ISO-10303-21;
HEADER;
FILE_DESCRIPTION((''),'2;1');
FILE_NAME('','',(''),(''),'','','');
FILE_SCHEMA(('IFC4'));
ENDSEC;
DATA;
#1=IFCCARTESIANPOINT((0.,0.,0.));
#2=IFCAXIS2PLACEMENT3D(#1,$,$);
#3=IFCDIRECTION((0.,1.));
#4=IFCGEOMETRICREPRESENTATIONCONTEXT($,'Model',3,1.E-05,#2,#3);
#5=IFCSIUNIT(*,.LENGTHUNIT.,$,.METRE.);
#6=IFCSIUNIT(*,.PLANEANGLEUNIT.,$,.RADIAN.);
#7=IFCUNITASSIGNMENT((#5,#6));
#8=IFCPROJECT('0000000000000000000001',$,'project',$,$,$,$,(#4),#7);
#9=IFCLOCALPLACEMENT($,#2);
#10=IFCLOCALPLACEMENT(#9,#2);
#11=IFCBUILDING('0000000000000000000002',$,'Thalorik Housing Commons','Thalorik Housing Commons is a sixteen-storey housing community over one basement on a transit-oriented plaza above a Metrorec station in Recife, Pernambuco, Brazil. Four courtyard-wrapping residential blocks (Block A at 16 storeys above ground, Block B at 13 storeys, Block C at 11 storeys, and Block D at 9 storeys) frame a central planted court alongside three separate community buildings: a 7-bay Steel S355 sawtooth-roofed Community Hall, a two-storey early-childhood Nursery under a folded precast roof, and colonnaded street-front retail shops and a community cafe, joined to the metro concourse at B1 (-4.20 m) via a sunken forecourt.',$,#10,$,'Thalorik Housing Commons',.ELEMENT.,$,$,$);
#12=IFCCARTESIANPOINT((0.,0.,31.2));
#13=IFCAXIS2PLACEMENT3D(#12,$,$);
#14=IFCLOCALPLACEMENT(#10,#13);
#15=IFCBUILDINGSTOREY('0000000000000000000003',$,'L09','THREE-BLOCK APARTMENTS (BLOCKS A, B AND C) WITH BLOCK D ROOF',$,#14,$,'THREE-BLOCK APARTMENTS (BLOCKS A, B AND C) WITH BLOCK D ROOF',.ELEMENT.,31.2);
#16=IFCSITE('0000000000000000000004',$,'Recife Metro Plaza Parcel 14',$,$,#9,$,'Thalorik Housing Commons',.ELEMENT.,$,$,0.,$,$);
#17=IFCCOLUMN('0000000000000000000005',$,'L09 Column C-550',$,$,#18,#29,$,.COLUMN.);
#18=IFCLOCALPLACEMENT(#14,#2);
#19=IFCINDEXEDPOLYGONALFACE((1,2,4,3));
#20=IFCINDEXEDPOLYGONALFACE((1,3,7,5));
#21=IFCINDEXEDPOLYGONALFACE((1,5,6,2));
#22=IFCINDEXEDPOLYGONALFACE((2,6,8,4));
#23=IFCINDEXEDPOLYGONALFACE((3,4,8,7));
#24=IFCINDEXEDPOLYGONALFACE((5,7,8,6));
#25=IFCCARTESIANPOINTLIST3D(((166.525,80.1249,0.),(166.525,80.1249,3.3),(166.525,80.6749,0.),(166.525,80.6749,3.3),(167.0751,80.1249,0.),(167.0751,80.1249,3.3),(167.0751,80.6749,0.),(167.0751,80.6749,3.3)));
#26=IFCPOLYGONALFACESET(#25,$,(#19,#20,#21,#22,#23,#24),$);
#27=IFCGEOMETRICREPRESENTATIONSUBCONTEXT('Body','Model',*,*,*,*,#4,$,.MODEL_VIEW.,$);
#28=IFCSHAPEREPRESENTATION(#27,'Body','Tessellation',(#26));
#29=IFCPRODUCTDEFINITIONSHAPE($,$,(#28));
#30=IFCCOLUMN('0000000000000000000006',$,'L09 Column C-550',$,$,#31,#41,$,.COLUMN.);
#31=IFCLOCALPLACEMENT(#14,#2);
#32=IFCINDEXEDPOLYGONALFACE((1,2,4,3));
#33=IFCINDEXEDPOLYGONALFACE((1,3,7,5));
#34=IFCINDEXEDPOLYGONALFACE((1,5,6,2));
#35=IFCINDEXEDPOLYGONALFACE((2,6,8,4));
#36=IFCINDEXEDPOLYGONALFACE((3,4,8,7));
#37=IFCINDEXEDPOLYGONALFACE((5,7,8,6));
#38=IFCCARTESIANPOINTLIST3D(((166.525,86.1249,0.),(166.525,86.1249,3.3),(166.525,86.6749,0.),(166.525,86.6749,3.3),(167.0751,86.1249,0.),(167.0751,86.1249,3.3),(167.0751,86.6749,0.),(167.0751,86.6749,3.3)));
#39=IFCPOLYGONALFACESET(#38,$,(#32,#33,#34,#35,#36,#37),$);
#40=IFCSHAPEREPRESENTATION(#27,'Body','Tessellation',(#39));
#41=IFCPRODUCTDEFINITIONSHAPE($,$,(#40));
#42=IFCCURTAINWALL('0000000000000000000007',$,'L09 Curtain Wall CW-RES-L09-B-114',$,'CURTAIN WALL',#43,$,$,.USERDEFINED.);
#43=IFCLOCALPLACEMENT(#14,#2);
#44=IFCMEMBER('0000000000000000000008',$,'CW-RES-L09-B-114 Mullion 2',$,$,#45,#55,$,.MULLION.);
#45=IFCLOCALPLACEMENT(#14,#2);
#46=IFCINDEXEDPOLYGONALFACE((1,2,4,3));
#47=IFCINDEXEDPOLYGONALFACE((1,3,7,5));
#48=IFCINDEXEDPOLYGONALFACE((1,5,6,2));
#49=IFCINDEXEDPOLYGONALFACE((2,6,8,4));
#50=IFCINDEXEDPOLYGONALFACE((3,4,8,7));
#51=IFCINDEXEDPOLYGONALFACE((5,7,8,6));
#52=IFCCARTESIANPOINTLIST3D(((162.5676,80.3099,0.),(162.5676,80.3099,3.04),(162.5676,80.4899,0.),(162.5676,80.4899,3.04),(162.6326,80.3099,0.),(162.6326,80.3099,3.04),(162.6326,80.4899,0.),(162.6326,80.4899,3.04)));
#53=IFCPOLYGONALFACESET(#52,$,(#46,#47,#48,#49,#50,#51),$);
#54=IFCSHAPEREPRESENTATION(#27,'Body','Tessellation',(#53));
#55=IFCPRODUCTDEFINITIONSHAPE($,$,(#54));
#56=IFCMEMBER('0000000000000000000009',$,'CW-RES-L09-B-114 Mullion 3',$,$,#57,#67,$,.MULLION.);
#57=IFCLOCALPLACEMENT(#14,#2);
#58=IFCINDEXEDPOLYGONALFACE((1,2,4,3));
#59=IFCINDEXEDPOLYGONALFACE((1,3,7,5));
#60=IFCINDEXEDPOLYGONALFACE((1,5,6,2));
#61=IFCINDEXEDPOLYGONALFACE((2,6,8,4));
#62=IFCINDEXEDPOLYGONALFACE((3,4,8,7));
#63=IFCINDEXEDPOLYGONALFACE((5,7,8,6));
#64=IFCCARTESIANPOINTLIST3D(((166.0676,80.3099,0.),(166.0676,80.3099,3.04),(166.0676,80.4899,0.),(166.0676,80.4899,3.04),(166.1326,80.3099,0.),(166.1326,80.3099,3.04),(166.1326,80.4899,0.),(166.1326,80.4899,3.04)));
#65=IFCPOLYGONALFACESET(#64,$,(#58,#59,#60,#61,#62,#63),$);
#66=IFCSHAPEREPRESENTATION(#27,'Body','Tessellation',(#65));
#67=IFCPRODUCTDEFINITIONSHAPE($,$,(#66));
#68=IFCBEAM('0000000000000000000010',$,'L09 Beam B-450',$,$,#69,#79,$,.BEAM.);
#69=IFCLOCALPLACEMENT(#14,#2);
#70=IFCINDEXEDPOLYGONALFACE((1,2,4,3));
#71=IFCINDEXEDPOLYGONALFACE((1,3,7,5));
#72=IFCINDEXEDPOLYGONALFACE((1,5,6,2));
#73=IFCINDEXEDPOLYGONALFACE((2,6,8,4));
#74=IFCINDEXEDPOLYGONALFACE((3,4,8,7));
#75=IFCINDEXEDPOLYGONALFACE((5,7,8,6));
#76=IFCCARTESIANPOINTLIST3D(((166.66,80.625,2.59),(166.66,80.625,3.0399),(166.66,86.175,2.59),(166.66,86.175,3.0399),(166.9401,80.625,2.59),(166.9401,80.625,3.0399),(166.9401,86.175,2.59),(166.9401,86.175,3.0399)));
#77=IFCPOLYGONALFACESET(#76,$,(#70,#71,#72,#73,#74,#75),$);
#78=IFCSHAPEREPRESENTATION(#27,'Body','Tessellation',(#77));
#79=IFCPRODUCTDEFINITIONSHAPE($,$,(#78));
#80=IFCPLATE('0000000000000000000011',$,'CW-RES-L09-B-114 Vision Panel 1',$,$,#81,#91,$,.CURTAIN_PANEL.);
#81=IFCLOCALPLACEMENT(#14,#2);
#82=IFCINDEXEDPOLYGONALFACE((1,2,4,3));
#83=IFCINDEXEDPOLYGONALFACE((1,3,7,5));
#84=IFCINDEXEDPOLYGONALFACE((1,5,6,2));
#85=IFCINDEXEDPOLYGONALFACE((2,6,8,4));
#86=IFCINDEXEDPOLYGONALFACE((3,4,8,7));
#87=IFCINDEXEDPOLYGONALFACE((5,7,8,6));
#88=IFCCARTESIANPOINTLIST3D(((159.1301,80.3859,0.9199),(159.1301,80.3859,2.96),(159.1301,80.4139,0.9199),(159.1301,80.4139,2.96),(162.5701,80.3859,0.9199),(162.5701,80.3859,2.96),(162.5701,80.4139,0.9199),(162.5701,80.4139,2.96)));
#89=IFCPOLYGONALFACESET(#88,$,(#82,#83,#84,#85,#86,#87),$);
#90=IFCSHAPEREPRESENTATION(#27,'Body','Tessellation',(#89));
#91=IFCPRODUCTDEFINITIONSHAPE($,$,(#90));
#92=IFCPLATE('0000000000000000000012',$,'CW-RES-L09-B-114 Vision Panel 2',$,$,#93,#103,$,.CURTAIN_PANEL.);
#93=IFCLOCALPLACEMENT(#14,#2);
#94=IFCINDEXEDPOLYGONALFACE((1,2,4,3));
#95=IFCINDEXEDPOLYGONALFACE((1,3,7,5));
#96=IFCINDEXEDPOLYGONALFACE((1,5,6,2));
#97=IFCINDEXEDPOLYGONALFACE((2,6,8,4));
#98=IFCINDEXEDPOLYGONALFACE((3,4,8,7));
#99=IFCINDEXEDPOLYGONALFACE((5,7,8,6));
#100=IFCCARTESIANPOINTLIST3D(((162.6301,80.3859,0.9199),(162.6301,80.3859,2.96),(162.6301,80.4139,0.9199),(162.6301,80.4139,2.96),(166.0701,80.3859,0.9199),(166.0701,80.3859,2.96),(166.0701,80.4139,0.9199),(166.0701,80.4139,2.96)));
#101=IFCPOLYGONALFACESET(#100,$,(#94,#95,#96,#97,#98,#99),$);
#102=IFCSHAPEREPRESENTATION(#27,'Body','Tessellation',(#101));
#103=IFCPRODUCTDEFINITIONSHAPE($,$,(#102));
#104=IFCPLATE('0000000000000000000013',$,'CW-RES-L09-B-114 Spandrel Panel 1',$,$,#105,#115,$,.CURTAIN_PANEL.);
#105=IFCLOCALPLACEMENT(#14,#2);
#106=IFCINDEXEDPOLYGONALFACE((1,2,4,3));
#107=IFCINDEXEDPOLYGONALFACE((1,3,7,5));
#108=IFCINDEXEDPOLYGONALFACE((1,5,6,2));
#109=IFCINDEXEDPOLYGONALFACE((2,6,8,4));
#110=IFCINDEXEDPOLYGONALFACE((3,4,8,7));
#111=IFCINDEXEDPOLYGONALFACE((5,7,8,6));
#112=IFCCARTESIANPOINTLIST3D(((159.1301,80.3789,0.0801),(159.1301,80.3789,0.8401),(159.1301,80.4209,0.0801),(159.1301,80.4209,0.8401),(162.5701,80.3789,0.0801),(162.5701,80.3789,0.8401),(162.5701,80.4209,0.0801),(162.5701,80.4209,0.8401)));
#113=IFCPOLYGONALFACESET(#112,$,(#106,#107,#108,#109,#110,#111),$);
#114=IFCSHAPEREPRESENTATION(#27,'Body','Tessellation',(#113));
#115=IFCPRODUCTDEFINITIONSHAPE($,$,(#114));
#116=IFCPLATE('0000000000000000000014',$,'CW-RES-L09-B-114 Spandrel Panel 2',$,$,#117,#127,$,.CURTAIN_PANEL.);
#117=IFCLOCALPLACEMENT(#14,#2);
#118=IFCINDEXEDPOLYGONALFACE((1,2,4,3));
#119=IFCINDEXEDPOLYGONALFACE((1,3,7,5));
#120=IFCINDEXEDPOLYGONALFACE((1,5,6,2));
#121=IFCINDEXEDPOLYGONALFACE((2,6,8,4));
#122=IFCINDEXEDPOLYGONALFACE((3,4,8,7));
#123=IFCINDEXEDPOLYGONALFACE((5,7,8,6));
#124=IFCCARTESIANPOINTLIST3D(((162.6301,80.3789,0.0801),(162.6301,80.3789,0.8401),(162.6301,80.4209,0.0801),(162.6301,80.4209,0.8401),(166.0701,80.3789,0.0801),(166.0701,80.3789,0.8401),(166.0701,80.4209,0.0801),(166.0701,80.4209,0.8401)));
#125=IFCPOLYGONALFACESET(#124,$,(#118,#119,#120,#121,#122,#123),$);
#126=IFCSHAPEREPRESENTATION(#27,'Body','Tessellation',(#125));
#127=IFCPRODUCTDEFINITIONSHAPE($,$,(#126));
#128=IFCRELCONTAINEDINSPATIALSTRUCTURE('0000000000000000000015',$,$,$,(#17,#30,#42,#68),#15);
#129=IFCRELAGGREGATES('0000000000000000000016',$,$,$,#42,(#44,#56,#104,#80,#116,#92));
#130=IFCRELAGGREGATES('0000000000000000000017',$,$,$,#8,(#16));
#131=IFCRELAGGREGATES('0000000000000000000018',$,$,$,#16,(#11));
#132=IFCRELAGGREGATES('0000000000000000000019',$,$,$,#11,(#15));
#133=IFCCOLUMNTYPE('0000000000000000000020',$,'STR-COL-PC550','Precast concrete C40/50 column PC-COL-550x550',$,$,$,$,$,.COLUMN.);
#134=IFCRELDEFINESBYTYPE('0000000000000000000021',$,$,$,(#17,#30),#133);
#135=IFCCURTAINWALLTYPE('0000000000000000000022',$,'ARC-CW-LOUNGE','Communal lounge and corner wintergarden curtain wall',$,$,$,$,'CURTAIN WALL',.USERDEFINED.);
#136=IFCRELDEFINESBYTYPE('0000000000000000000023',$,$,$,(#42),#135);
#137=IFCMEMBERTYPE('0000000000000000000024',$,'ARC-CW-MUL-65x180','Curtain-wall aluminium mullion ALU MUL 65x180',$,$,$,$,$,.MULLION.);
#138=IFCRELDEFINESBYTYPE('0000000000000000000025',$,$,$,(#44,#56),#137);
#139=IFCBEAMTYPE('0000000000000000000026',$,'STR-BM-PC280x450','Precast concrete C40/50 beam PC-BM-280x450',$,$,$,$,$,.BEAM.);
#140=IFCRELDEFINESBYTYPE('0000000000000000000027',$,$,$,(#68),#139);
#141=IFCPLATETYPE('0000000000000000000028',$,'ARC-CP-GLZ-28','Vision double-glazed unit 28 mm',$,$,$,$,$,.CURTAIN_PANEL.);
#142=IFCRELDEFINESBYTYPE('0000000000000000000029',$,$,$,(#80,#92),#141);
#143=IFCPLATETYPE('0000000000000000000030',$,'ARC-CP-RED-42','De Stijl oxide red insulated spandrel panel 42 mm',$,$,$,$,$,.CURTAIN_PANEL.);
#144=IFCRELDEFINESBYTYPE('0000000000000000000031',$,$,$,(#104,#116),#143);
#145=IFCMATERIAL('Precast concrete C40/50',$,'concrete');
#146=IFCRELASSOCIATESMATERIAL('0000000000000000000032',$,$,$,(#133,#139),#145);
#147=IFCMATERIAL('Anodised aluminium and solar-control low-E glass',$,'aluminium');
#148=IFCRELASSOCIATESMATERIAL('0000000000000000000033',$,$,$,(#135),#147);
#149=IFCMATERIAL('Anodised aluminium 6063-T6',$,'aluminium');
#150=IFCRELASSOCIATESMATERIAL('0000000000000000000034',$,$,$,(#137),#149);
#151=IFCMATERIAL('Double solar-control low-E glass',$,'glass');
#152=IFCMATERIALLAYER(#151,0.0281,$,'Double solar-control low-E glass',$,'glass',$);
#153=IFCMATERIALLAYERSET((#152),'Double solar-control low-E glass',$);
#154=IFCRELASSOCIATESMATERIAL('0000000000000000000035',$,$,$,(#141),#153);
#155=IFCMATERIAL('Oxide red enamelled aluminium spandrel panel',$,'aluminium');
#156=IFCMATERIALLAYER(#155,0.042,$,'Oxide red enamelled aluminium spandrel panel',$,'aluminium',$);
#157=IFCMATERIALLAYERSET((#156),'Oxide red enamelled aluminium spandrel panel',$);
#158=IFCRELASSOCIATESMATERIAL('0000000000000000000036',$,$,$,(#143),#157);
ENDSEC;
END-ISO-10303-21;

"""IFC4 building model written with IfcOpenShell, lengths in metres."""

from ifc_helpers import new_model, si_unit, direction, frame, origin, origin_2d, place, context, subcontext, project, spatial, rectangle, extrude, material, layer, layer_set, material_profile, profile_set, type_object, element, aggregate, save


model = new_model("IFC4")

# Units and contexts
model_context = context("Model", 3, precision=1e-05, world=origin(), true_north=direction((0.0, 1.0)))
body_context = subcontext(model_context, "Body", "Model", "MODEL_VIEW")
ifc_project = project(units=[si_unit("LENGTHUNIT", "METRE"), si_unit("PLANEANGLEUNIT", "RADIAN")], contexts=[model_context])

# Site, building, storey
site_placement = place(None, origin())
site = spatial("IfcSite", under=ifc_project, at=site_placement, Name="Recife Metro Plaza Parcel 14", LongName="Thalorik Housing Commons", CompositionType="ELEMENT", RefElevation=0.0)
building_placement = place(site_placement, origin())
building = spatial("IfcBuilding", under=site, at=building_placement, Name="Thalorik Housing Commons", Description="Thalorik Housing Commons is a sixteen-storey housing community over one basement on a transit-oriented plaza above a Metrorec station in Recife, Pernambuco, Brazil. Four courtyard-wrapping residential blocks (Block A at 16 storeys above ground, Block B at 13 storeys, Block C at 11 storeys, and Block D at 9 storeys) frame a central planted court alongside three separate community buildings: a 7-bay Steel S355 sawtooth-roofed Community Hall, a two-storey early-childhood Nursery under a folded precast roof, and colonnaded street-front retail shops and a community cafe, joined to the metro concourse at B1 (-4.20 m) via a sunken forecourt.", LongName="Thalorik Housing Commons", CompositionType="ELEMENT")
storey_placement = place(building_placement, frame((0.0, 0.0, 31.2)))
storey = spatial("IfcBuildingStorey", under=building, at=storey_placement, Name="L09", Description="THREE-BLOCK APARTMENTS (BLOCKS A, B AND C) WITH BLOCK D ROOF", LongName="THREE-BLOCK APARTMENTS (BLOCKS A, B AND C) WITH BLOCK D ROOF", CompositionType="ELEMENT", Elevation=31.2)

# Columns
ifc_material_1 = material(Name="Precast concrete C40/50", Category="concrete")
ifc_material_profile_1 = material_profile(ifc_material_1, rectangle(XDim=0.55, YDim=0.55, at=origin_2d()), Name="PC 550x550", Category="concrete")
ifc_profile_set_1 = profile_set([ifc_material_profile_1], Name="Precast concrete C40/50")
column_type = type_object("IfcColumnType", Name="STR-COL-PC550", Description="Precast concrete C40/50 column PC-COL-550x550", PredefinedType="COLUMN", material=ifc_profile_set_1)
for number, where, z_axis, x_axis, name in (
    (1, (166.8, 80.3999, 0.0), (0.0, 0.0, 1.0), (1.0, 0.0, 0.0), "L09 Column C-550"),
    (2, (166.8, 86.3999, 0.0), (0.0, 0.0, 1.0), (1.0, 0.0, 0.0), "L09 Column C-550"),
):
    element("IfcColumn", number, at=place(storey_placement, frame(where, z_axis=z_axis, x_axis=x_axis)), inside=storey, type_object=column_type, Name=name, PredefinedType="COLUMN", context=body_context, shape_type="SweptSolid", body=[
        extrude(rectangle(XDim=0.55, YDim=0.55, at=origin_2d()), origin(), (0.0, 0.0, 1.0), 3.3),
    ])

# Curtain wall, members
ifc_material_2 = material(Name="Anodised aluminium and solar-control low-E glass", Category="aluminium")
curtain_wall_type = type_object("IfcCurtainWallType", Name="ARC-CW-LOUNGE", Description="Communal lounge and corner wintergarden curtain wall", ElementType="CURTAIN WALL", PredefinedType="USERDEFINED", material=ifc_material_2)
curtain_wall_placement = place(storey_placement, origin())
curtain_wall = element("IfcCurtainWall", 3, at=curtain_wall_placement, inside=storey, type_object=curtain_wall_type, Name="L09 Curtain Wall CW-RES-L09-B-114", ObjectType="CURTAIN WALL", PredefinedType="USERDEFINED")
ifc_material_3 = material(Name="Anodised aluminium 6063-T6", Category="aluminium")
ifc_material_profile_2 = material_profile(ifc_material_3, rectangle(XDim=0.0649, YDim=0.1799, at=origin_2d()), Name="ALU MUL 65x180", Category="aluminium")
ifc_profile_set_2 = profile_set([ifc_material_profile_2], Name="Anodised aluminium 6063-T6")
member_type = type_object("IfcMemberType", Name="ARC-CW-MUL-65x180", Description="Curtain-wall aluminium mullion ALU MUL 65x180", PredefinedType="MULLION", material=ifc_profile_set_2)
member_1_placement = place(storey_placement, frame((162.6001, 80.3999, 0.0), z_axis=(0.0, 0.0, 1.0), x_axis=(1.0, 0.0, 0.0)))
member_1 = element("IfcMember", 4, at=member_1_placement, type_object=member_type, Name="CW-RES-L09-B-114 Mullion 2", PredefinedType="MULLION", context=body_context, shape_type="SweptSolid", body=[
    extrude(rectangle(XDim=0.0649, YDim=0.1799, at=origin_2d()), origin(), (0.0, 0.0, 1.0), 3.04),
])
member_2_placement = place(storey_placement, frame((166.1001, 80.3999, 0.0), z_axis=(0.0, 0.0, 1.0), x_axis=(1.0, 0.0, 0.0)))
member_2 = element("IfcMember", 5, at=member_2_placement, type_object=member_type, Name="CW-RES-L09-B-114 Mullion 3", PredefinedType="MULLION", context=body_context, shape_type="SweptSolid", body=[
    extrude(rectangle(XDim=0.0649, YDim=0.1799, at=origin_2d()), origin(), (0.0, 0.0, 1.0), 3.04),
])

# Beam
ifc_material_profile_3 = material_profile(ifc_material_1, rectangle(XDim=0.28, YDim=0.45, at=origin_2d()), Name="PC 280x450", Category="concrete")
ifc_profile_set_3 = profile_set([ifc_material_profile_3], Name="Precast concrete C40/50")
beam_type = type_object("IfcBeamType", Name="STR-BM-PC280x450", Description="Precast concrete C40/50 beam PC-BM-280x450", PredefinedType="BEAM", material=ifc_profile_set_3)
beam_placement = place(storey_placement, frame((166.8, 80.625, 2.8149), z_axis=(0.0, 1.0, 0.0), x_axis=(-1.0, 0.0, 0.0)))
element("IfcBeam", 6, at=beam_placement, inside=storey, type_object=beam_type, Name="L09 Beam B-450", PredefinedType="BEAM", context=body_context, shape_type="SweptSolid", body=[
    extrude(rectangle(XDim=0.28, YDim=0.45, at=origin_2d()), origin(), (0.0, 0.0, 1.0), 5.55),
])

# Plates
ifc_material_4 = material(Name="Double solar-control low-E glass", Category="glass")
ifc_layer_1 = layer(ifc_material_4, 0.0281, Name="Double solar-control low-E glass", Category="glass")
ifc_layer_set_1 = layer_set([ifc_layer_1], Name="Double solar-control low-E glass")
plate_type_1 = type_object("IfcPlateType", Name="ARC-CP-GLZ-28", Description="Vision double-glazed unit 28 mm", PredefinedType="CURTAIN_PANEL", material=ifc_layer_set_1)
plate_1_placement = place(storey_placement, frame((160.8501, 80.3999, 0.9199), z_axis=(0.0, 0.0, 1.0), x_axis=(1.0, 0.0, 0.0)))
plate_1 = element("IfcPlate", 7, at=plate_1_placement, type_object=plate_type_1, Name="CW-RES-L09-B-114 Vision Panel 1", PredefinedType="CURTAIN_PANEL", context=body_context, shape_type="SweptSolid", body=[
    extrude(rectangle(XDim=3.4399, YDim=0.0281, at=origin_2d()), origin(), (0.0, 0.0, 1.0), 2.04),
])
plate_2_placement = place(storey_placement, frame((164.3501, 80.3999, 0.9199), z_axis=(0.0, 0.0, 1.0), x_axis=(1.0, 0.0, 0.0)))
plate_2 = element("IfcPlate", 8, at=plate_2_placement, type_object=plate_type_1, Name="CW-RES-L09-B-114 Vision Panel 2", PredefinedType="CURTAIN_PANEL", context=body_context, shape_type="SweptSolid", body=[
    extrude(rectangle(XDim=3.4399, YDim=0.0281, at=origin_2d()), origin(), (0.0, 0.0, 1.0), 2.04),
])
ifc_material_5 = material(Name="Oxide red enamelled aluminium spandrel panel", Category="aluminium")
ifc_layer_2 = layer(ifc_material_5, 0.042, Name="Oxide red enamelled aluminium spandrel panel", Category="aluminium")
ifc_layer_set_2 = layer_set([ifc_layer_2], Name="Oxide red enamelled aluminium spandrel panel")
plate_type_2 = type_object("IfcPlateType", Name="ARC-CP-RED-42", Description="De Stijl oxide red insulated spandrel panel 42 mm", PredefinedType="CURTAIN_PANEL", material=ifc_layer_set_2)
plate_3_placement = place(storey_placement, frame((160.8501, 80.3999, 0.0801), z_axis=(0.0, 0.0, 1.0), x_axis=(1.0, 0.0, 0.0)))
plate_3 = element("IfcPlate", 9, at=plate_3_placement, type_object=plate_type_2, Name="CW-RES-L09-B-114 Spandrel Panel 1", PredefinedType="CURTAIN_PANEL", context=body_context, shape_type="SweptSolid", body=[
    extrude(rectangle(XDim=3.4399, YDim=0.042, at=origin_2d()), origin(), (0.0, 0.0, 1.0), 0.76),
])
plate_4_placement = place(storey_placement, frame((164.3501, 80.3999, 0.0801), z_axis=(0.0, 0.0, 1.0), x_axis=(1.0, 0.0, 0.0)))
plate_4 = element("IfcPlate", 10, at=plate_4_placement, type_object=plate_type_2, Name="CW-RES-L09-B-114 Spandrel Panel 2", PredefinedType="CURTAIN_PANEL", context=body_context, shape_type="SweptSolid", body=[
    extrude(rectangle(XDim=3.4399, YDim=0.042, at=origin_2d()), origin(), (0.0, 0.0, 1.0), 0.76),
])
aggregate(curtain_wall, [member_1, member_2, plate_3, plate_1, plate_4, plate_2])

save(model, "model.ifc")
